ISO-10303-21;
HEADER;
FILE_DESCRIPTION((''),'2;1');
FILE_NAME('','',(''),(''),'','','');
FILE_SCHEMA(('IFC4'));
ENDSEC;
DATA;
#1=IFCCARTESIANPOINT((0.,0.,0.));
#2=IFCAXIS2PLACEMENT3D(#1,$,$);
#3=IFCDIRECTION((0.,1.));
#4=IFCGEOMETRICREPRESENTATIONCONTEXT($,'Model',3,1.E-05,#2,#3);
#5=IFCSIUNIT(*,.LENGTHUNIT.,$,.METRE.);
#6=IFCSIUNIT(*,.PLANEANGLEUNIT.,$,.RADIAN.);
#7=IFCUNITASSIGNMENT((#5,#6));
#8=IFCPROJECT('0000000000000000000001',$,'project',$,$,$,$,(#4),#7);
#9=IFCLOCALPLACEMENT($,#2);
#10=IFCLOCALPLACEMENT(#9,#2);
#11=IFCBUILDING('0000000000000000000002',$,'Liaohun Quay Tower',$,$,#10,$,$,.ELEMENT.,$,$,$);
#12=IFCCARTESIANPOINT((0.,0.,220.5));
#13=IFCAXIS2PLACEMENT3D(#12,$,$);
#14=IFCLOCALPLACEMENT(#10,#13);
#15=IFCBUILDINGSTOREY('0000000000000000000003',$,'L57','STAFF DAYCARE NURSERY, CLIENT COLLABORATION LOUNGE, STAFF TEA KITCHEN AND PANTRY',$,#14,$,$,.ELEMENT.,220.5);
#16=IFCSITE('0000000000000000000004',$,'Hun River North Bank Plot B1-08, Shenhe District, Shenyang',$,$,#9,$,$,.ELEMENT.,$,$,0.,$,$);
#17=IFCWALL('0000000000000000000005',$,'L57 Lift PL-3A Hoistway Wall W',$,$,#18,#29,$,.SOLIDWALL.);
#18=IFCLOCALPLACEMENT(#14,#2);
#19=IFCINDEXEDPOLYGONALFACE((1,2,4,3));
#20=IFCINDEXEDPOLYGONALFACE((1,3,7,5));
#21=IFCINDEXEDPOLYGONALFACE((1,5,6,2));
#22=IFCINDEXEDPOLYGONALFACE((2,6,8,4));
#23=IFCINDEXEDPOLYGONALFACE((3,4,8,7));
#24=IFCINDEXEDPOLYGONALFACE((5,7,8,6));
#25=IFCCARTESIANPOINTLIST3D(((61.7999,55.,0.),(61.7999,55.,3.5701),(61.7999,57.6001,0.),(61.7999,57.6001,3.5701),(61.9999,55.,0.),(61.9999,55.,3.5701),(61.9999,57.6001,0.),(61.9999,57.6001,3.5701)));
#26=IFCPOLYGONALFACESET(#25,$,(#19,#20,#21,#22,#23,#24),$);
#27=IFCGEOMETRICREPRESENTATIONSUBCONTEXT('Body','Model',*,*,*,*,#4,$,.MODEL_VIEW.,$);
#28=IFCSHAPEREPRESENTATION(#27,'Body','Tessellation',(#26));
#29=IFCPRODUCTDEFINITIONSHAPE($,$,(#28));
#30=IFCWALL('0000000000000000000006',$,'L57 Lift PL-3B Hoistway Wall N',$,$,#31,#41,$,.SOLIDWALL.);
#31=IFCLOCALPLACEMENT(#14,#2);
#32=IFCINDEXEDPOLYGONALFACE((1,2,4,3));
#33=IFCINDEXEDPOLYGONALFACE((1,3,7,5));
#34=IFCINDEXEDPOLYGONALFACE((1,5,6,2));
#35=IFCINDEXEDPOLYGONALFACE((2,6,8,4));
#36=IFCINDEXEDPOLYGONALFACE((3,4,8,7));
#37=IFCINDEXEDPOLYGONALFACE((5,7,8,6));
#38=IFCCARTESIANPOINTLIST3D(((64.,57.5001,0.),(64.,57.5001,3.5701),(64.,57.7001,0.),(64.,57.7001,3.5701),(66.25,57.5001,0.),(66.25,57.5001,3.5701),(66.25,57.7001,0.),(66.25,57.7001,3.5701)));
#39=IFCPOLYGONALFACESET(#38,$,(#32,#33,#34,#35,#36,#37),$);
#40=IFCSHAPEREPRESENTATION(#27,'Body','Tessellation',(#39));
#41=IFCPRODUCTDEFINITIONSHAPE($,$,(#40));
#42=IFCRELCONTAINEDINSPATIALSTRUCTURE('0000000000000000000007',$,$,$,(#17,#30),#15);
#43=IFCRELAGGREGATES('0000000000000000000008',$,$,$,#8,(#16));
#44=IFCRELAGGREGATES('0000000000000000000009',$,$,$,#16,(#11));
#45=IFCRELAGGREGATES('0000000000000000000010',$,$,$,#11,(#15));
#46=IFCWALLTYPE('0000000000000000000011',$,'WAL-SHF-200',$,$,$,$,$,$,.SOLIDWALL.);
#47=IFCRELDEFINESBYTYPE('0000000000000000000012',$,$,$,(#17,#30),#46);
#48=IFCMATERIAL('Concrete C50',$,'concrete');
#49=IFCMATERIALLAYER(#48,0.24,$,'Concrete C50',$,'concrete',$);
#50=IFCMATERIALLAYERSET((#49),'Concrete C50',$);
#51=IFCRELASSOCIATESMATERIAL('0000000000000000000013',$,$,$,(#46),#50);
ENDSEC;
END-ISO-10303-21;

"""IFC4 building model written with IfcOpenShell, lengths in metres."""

from ifc_helpers import new_model, si_unit, direction, frame, frame_2d, origin, place, context, subcontext, project, spatial, rectangle, extrude, material, layer, layer_set, type_object, element, save


model = new_model("IFC4")

# Units and contexts
model_context = context("Model", 3, precision=1e-05, world=origin(), true_north=direction((0.0, 1.0)))
body_context = subcontext(model_context, "Body", "Model", "MODEL_VIEW")
ifc_project = project(units=[si_unit("LENGTHUNIT", "METRE"), si_unit("PLANEANGLEUNIT", "RADIAN")], contexts=[model_context])

# Site, building, storey
site_placement = place(None, origin())
site = spatial("IfcSite", under=ifc_project, at=site_placement, Name="Hun River North Bank Plot B1-08, Shenhe District, Shenyang", CompositionType="ELEMENT", RefElevation=0.0)
building_placement = place(site_placement, origin())
building = spatial("IfcBuilding", under=site, at=building_placement, Name="Liaohun Quay Tower", CompositionType="ELEMENT")
storey_placement = place(building_placement, frame((0.0, 0.0, 220.5)))
storey = spatial("IfcBuildingStorey", under=building, at=storey_placement, Name="L57", Description="STAFF DAYCARE NURSERY, CLIENT COLLABORATION LOUNGE, STAFF TEA KITCHEN AND PANTRY", CompositionType="ELEMENT", Elevation=220.5)

# Walls
ifc_material_1 = material(Name="Concrete C50", Category="concrete")
ifc_layer_1 = layer(ifc_material_1, 0.24, Name="Concrete C50", Category="concrete")
ifc_layer_set_1 = layer_set([ifc_layer_1], Name="Concrete C50")
wall_type_1 = type_object("IfcWallType", Name="WAL-SHF-200", PredefinedType="SOLIDWALL", material=ifc_layer_set_1)
wall_1_placement = place(storey_placement, frame((61.8999, 57.6001, 0.0), z_axis=(0.0, 0.0, 1.0), x_axis=(0.0, -1.0, 0.0)))
element("IfcWall", 1, at=wall_1_placement, inside=storey, type_object=wall_type_1, Name="L57 Lift PL-3A Hoistway Wall W", PredefinedType="SOLIDWALL", context=body_context, shape_type="SweptSolid", body=[
    extrude(rectangle(XDim=2.6001, YDim=0.2, at=frame_2d((1.3, 0.0))), origin(), (0.0, 0.0, 1.0), 3.5701),
])
wall_2_placement = place(storey_placement, frame((66.25, 57.6001, 0.0), z_axis=(0.0, 0.0, 1.0), x_axis=(-1.0, 0.0, 0.0)))
element("IfcWall", 2, at=wall_2_placement, inside=storey, type_object=wall_type_1, Name="L57 Lift PL-3B Hoistway Wall N", PredefinedType="SOLIDWALL", context=body_context, shape_type="SweptSolid", body=[
    extrude(rectangle(XDim=2.25, YDim=0.2, at=frame_2d((1.125, 0.0))), origin(), (0.0, 0.0, 1.0), 3.5701),
])

save(model, "model.ifc")
